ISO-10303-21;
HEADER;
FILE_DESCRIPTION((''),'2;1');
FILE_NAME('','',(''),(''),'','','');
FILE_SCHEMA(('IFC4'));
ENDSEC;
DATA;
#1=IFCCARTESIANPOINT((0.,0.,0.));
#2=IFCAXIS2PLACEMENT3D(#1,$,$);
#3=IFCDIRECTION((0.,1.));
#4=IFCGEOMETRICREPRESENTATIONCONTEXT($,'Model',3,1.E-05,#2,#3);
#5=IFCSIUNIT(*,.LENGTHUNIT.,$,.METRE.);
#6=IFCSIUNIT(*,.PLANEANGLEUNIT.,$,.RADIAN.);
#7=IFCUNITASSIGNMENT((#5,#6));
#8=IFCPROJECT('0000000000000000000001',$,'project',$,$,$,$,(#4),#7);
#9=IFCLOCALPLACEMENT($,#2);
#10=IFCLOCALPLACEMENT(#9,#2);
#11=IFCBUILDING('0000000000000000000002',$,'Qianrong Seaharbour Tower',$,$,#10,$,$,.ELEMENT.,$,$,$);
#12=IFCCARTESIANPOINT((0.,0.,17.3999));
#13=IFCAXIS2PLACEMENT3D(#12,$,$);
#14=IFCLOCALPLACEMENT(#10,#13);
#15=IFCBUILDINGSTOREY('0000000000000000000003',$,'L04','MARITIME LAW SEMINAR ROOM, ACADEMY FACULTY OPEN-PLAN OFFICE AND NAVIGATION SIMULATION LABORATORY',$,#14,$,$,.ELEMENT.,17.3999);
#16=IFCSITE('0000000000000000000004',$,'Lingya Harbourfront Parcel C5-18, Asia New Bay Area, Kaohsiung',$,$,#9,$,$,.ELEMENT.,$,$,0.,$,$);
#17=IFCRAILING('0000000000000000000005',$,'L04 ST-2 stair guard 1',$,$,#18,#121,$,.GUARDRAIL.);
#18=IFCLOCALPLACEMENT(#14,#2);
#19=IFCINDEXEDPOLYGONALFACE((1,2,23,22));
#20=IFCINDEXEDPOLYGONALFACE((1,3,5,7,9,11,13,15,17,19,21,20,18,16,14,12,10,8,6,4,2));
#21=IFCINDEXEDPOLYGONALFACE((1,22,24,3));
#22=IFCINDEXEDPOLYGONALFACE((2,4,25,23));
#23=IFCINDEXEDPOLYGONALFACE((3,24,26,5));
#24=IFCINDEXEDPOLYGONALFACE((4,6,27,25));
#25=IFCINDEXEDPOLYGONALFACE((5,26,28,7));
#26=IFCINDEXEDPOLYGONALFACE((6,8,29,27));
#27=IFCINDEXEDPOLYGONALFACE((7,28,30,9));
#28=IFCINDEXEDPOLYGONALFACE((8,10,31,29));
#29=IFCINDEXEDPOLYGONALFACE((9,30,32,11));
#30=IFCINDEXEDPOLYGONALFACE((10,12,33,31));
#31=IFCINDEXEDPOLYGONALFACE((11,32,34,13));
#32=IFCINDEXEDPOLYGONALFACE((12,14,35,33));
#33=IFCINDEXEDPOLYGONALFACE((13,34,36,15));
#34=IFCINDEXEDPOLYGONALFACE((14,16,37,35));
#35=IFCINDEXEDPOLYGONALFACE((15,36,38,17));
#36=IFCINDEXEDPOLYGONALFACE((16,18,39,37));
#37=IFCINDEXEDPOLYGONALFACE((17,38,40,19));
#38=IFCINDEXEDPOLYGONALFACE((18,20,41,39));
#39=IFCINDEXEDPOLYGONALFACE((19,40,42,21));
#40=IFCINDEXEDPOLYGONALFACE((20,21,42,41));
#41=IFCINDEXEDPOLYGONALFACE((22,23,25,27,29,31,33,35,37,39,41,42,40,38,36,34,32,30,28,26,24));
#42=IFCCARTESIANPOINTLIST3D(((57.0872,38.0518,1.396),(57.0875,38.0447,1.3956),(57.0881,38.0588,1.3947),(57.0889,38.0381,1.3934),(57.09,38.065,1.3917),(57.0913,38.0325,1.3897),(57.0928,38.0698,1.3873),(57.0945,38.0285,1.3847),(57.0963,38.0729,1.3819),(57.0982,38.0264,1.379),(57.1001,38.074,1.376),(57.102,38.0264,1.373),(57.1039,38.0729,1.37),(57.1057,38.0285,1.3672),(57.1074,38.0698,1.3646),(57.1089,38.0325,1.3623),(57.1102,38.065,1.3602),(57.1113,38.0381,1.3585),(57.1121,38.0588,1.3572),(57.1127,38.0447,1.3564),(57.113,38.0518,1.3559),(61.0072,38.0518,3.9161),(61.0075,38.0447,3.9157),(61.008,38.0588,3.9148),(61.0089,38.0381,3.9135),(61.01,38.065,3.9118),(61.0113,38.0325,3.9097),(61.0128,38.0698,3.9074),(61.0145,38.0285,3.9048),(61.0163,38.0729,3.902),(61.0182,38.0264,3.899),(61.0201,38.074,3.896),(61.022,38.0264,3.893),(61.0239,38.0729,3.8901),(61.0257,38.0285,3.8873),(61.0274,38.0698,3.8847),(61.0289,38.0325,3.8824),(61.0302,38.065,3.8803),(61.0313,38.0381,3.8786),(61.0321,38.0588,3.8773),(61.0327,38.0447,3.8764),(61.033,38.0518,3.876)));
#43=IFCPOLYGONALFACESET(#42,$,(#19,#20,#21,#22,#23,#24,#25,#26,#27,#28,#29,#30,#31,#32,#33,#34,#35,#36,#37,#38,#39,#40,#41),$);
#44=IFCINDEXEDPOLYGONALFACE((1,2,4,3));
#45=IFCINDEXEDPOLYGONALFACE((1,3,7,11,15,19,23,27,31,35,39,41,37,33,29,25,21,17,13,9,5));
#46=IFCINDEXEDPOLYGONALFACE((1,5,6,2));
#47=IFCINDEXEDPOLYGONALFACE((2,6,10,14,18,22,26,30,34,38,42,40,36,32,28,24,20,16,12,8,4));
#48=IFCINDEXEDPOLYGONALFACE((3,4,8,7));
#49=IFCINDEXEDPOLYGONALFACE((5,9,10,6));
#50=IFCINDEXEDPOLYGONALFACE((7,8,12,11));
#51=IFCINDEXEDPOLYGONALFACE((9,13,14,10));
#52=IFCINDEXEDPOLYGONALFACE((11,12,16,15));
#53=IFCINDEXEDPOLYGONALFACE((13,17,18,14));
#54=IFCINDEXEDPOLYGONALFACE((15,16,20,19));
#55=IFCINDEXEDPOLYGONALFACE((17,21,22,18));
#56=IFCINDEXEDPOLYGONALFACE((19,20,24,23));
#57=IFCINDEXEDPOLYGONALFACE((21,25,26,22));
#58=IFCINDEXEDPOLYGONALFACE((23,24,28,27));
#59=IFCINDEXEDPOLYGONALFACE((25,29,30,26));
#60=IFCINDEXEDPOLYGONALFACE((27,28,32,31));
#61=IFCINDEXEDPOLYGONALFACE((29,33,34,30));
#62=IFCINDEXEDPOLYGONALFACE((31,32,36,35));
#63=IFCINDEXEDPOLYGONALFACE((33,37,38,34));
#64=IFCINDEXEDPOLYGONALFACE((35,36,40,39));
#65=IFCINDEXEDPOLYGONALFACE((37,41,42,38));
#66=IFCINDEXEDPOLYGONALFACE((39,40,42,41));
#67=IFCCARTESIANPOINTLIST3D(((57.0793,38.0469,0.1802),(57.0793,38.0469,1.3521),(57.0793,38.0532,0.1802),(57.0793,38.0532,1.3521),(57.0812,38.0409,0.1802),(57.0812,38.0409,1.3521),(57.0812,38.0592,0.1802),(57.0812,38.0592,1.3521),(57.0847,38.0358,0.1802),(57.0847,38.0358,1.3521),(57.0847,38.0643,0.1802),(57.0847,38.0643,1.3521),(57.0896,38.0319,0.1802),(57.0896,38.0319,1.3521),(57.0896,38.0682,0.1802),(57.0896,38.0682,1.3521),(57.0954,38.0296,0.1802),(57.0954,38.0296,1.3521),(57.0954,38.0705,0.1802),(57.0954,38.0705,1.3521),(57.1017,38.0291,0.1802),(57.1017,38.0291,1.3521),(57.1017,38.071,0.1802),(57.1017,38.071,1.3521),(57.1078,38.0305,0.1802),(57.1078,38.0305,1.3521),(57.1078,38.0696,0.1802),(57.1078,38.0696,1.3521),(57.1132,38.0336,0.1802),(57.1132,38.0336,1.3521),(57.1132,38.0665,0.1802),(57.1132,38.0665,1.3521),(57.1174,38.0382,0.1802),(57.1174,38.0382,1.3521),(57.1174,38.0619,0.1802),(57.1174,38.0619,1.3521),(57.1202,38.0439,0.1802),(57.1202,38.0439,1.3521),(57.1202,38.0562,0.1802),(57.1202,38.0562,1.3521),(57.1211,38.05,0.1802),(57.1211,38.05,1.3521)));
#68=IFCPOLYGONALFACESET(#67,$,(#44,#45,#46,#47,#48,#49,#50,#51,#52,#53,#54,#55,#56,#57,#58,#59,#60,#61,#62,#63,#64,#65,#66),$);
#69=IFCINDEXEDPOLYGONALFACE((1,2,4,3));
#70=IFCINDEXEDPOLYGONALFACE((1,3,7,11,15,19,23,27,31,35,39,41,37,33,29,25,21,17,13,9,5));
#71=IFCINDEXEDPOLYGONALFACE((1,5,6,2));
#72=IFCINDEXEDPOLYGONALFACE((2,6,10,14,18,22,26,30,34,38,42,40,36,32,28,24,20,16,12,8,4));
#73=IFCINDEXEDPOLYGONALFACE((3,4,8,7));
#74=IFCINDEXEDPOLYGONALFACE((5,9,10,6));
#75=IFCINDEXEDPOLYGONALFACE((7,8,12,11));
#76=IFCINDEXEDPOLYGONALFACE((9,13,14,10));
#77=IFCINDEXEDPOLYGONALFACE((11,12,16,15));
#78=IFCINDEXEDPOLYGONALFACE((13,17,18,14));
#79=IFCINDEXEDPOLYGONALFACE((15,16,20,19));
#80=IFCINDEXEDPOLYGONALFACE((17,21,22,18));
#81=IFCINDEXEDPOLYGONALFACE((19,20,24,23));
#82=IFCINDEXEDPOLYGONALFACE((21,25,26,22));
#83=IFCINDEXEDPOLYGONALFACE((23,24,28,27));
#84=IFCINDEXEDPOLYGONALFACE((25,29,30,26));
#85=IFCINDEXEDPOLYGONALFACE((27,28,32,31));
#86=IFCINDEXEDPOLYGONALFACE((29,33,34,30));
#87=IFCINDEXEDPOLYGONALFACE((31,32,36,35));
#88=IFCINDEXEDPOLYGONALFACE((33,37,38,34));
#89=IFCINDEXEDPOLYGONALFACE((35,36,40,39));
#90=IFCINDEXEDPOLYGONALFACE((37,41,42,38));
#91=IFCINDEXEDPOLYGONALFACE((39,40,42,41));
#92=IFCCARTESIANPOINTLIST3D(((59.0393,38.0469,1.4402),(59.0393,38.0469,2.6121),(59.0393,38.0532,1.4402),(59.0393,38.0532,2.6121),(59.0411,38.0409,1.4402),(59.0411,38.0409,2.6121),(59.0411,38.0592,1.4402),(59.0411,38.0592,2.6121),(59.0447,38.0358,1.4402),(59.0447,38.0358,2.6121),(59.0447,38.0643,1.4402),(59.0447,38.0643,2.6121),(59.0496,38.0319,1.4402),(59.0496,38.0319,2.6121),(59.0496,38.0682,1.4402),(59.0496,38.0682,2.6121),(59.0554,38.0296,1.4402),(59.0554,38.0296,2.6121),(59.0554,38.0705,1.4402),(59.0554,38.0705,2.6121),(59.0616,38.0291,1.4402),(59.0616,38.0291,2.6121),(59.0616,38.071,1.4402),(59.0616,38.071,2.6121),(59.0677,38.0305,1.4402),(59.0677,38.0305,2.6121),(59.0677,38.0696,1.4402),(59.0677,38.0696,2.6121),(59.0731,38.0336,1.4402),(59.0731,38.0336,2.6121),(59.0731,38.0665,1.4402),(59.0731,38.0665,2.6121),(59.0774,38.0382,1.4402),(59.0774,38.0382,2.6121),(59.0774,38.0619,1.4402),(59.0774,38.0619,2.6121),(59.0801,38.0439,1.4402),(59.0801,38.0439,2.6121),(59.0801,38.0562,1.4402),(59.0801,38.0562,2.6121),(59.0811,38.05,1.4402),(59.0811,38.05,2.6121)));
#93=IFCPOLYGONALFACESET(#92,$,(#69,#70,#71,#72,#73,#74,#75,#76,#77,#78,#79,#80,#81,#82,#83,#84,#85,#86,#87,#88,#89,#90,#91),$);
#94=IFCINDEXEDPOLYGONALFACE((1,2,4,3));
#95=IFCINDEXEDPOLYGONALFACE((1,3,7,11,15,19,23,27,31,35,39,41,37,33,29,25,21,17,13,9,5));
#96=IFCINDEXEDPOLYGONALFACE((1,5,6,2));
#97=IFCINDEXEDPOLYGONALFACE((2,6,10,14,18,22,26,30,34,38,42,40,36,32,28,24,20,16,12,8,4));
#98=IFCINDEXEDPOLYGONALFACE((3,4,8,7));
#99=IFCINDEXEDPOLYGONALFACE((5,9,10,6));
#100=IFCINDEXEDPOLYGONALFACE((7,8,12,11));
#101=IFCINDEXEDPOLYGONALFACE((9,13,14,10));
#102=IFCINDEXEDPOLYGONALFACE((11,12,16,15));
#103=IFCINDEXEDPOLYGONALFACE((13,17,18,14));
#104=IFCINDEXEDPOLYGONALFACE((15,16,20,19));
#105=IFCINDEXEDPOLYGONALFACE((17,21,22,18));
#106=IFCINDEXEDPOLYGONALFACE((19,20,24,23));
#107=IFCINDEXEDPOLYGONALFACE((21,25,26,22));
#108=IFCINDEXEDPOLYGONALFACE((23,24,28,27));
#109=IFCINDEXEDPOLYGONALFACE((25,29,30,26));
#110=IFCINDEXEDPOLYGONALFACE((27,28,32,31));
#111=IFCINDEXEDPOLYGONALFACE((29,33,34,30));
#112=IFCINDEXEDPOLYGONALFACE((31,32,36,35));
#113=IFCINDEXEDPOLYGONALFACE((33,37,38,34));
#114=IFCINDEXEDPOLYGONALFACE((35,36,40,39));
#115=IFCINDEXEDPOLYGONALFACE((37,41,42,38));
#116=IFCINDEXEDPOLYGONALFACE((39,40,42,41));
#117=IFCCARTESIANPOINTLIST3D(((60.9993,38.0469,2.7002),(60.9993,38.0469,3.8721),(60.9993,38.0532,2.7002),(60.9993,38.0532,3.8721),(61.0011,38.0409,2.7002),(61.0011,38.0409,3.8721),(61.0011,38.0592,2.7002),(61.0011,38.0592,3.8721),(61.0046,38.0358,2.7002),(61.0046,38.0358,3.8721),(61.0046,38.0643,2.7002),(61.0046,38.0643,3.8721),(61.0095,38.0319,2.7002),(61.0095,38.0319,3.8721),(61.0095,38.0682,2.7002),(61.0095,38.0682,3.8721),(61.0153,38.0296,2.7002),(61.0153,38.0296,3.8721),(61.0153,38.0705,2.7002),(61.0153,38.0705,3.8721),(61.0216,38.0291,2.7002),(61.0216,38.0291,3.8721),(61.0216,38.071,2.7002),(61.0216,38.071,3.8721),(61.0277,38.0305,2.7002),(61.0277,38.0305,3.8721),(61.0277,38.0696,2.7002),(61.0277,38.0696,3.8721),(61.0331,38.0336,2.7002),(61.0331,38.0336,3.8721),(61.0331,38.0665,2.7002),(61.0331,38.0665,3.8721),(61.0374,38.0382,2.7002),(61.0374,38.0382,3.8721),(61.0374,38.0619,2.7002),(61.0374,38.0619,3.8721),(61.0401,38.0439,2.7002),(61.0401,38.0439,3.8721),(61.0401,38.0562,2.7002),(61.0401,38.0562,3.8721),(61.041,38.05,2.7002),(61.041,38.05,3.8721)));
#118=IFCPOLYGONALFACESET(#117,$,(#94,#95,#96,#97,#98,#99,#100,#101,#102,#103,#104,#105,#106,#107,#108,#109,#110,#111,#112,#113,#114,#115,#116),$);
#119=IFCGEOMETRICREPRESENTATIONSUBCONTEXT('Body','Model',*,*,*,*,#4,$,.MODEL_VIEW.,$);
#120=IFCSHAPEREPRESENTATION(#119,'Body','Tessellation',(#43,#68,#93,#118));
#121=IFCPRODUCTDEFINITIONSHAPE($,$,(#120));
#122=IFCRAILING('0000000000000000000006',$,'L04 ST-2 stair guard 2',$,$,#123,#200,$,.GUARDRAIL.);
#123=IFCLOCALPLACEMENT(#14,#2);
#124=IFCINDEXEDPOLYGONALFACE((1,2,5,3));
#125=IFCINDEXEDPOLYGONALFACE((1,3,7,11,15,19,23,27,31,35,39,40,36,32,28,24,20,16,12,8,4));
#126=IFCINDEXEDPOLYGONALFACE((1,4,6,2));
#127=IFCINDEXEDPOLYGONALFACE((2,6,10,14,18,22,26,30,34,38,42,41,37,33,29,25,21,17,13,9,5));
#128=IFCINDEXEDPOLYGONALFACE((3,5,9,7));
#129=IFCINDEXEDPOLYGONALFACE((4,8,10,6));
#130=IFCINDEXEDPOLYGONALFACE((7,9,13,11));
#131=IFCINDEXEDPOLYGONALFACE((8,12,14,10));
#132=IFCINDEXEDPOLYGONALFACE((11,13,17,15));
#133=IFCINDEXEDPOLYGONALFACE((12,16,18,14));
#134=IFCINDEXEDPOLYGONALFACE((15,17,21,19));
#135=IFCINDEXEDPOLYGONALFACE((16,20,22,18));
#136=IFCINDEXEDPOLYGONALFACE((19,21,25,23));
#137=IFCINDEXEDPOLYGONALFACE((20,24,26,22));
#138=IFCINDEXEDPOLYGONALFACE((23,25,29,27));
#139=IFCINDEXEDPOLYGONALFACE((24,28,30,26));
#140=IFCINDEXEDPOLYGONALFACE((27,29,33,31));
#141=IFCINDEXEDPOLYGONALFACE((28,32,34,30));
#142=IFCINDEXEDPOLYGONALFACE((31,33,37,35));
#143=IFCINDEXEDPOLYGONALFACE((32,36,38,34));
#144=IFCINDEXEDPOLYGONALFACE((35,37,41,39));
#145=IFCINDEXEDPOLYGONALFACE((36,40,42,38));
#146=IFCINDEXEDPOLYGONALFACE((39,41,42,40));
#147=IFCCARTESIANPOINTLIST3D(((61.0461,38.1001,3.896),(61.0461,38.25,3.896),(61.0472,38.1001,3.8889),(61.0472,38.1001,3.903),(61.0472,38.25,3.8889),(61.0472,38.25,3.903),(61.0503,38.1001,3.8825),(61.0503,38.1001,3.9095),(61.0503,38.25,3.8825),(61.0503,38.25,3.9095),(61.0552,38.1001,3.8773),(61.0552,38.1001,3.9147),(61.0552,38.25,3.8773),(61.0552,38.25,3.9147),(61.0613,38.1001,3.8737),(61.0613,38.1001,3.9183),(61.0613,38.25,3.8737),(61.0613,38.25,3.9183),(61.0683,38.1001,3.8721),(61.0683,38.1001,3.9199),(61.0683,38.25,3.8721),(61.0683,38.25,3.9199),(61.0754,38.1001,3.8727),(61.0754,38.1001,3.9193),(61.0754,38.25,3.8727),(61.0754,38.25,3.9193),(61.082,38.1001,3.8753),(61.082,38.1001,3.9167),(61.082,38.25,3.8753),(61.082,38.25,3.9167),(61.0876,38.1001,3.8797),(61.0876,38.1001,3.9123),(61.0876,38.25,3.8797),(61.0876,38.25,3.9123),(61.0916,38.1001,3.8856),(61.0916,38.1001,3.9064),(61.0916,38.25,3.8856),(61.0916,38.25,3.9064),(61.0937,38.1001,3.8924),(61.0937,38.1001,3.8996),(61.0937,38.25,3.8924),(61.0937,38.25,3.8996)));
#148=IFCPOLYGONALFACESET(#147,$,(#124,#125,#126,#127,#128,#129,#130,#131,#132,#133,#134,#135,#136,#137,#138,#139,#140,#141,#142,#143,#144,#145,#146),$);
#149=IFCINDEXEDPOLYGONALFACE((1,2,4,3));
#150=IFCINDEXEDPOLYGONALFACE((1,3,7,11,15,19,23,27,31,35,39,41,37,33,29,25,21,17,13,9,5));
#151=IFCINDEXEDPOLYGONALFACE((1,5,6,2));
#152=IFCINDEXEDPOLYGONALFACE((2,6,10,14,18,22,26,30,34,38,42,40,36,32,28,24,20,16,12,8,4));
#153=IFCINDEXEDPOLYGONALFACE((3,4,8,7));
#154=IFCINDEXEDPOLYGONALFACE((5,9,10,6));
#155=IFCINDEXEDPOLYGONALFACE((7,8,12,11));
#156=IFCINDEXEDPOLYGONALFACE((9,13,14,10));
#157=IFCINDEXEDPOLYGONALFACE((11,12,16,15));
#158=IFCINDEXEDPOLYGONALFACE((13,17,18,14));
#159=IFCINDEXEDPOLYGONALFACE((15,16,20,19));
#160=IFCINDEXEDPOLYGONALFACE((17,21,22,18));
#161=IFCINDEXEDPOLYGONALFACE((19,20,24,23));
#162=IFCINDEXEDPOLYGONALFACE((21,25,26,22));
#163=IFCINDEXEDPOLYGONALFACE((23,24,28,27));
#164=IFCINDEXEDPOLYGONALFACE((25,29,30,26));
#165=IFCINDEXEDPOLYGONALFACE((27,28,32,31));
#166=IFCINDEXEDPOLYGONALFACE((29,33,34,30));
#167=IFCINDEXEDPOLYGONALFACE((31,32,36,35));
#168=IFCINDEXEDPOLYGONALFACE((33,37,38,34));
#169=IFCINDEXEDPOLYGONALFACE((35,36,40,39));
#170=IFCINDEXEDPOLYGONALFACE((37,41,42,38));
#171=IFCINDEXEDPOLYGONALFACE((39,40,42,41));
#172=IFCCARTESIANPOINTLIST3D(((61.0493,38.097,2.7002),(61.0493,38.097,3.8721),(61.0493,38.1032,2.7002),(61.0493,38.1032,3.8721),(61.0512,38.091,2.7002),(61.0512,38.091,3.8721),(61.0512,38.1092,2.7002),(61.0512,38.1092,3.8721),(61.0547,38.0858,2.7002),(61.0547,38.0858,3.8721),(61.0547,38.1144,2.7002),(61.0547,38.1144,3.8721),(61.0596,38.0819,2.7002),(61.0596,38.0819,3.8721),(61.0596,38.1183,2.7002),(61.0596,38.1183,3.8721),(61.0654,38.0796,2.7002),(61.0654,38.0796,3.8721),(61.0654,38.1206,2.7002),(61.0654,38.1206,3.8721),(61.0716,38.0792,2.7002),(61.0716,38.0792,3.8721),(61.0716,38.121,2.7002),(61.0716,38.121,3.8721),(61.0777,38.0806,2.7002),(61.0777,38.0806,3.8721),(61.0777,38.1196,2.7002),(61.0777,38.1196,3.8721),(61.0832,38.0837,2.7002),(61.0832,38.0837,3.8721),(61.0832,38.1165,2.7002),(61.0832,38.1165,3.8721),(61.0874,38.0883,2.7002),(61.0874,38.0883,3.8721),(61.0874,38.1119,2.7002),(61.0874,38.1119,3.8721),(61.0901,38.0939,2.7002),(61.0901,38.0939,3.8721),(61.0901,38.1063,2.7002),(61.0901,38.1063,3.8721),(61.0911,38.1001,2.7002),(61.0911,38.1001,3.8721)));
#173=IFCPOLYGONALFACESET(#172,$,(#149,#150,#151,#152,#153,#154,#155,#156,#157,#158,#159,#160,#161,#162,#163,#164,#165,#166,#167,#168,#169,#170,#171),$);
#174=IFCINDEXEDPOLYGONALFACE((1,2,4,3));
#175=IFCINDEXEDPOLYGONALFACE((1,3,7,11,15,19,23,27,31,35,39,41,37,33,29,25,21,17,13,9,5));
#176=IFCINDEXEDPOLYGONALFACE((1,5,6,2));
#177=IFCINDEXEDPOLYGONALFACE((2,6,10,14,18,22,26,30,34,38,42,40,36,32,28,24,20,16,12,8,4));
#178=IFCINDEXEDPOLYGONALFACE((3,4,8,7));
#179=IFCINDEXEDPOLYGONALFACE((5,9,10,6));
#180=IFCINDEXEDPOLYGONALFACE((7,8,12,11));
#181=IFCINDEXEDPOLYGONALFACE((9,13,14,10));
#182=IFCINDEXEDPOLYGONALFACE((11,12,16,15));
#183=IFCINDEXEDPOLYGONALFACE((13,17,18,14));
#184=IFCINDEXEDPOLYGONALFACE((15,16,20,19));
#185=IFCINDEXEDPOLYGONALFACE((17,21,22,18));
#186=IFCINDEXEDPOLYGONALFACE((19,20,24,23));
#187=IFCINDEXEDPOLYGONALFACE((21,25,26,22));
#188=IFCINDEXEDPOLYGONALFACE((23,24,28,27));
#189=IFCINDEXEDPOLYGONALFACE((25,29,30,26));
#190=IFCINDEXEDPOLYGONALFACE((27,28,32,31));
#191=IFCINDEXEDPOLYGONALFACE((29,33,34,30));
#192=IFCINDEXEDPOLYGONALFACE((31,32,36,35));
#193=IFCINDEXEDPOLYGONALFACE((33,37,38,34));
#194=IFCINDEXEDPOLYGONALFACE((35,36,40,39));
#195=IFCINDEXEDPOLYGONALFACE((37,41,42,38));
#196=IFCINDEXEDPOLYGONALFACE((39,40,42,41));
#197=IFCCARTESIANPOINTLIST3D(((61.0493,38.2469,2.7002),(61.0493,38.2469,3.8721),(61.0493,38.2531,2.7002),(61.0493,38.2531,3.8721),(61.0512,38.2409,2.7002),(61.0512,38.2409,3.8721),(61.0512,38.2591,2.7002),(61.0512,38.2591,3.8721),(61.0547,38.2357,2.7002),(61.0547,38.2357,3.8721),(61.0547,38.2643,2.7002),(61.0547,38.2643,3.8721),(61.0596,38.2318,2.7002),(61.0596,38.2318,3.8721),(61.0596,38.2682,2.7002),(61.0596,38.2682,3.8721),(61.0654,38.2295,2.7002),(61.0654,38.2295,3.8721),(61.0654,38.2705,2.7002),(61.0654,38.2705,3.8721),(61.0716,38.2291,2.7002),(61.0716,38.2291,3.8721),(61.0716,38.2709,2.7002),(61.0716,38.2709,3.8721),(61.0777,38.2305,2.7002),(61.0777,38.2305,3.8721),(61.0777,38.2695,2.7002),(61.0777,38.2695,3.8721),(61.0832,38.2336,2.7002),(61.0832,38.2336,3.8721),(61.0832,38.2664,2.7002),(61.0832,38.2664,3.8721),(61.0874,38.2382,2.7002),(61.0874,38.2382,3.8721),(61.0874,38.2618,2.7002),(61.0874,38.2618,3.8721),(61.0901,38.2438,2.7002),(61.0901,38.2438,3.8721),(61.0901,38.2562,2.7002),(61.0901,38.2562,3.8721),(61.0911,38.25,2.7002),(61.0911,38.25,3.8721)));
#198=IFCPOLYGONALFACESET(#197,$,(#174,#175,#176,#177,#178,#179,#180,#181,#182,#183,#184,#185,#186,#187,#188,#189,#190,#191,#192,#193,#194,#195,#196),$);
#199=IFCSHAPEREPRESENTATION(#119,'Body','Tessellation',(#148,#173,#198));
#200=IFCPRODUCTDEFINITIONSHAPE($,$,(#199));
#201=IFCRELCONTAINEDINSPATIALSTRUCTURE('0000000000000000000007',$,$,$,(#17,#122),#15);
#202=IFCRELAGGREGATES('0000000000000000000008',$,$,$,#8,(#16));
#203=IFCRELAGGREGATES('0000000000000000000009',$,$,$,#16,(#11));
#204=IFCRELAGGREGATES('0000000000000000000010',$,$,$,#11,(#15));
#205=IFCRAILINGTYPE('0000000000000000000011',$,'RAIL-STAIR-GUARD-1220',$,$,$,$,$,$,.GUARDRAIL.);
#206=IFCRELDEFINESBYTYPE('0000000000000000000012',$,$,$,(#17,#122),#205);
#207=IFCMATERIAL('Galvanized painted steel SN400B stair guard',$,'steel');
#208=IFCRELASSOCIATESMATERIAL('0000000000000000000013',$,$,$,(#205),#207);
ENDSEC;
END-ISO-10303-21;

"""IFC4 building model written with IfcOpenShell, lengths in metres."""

from ifc_helpers import new_model, si_unit, direction, frame, origin, origin_2d, place, context, subcontext, project, spatial, circle, extrude, material, type_object, element, save


model = new_model("IFC4")

# Units and contexts
model_context = context("Model", 3, precision=1e-05, world=origin(), true_north=direction((0.0, 1.0)))
body_context = subcontext(model_context, "Body", "Model", "MODEL_VIEW")
ifc_project = project(units=[si_unit("LENGTHUNIT", "METRE"), si_unit("PLANEANGLEUNIT", "RADIAN")], contexts=[model_context])

# Site, building, storey
site_placement = place(None, origin())
site = spatial("IfcSite", under=ifc_project, at=site_placement, Name="Lingya Harbourfront Parcel C5-18, Asia New Bay Area, Kaohsiung", CompositionType="ELEMENT", RefElevation=0.0)
building_placement = place(site_placement, origin())
building = spatial("IfcBuilding", under=site, at=building_placement, Name="Qianrong Seaharbour Tower", CompositionType="ELEMENT")
storey_placement = place(building_placement, frame((0.0, 0.0, 17.3999)))
storey = spatial("IfcBuildingStorey", under=building, at=storey_placement, Name="L04", Description="MARITIME LAW SEMINAR ROOM, ACADEMY FACULTY OPEN-PLAN OFFICE AND NAVIGATION SIMULATION LABORATORY", CompositionType="ELEMENT", Elevation=17.3999)

# Railings
ifc_material_1 = material(Name="Galvanized painted steel SN400B stair guard", Category="steel")
railing_type_1 = type_object("IfcRailingType", Name="RAIL-STAIR-GUARD-1220", PredefinedType="GUARDRAIL", material=ifc_material_1)
railing_1_placement = place(storey_placement, frame((57.1001, 38.05, 0.1802)))
element("IfcRailing", 1, at=railing_1_placement, inside=storey, type_object=railing_type_1, Name="L04 ST-2 stair guard 1", PredefinedType="GUARDRAIL", context=body_context, shape_type="SweptSolid", body=[
    extrude(circle(Radius=0.0239, at=origin_2d()), frame((0.0, 0.0, 1.1958), z_axis=(0.841172, 0.0, 0.540768), x_axis=(0.0, 1.0, 0.0)), (0.0, 0.0, 1.0), 4.6602),
    extrude(circle(Radius=0.021, at=origin_2d()), origin(), (0.0, 0.0, 1.0), 1.1719),
    extrude(circle(Radius=0.021, at=origin_2d()), frame((1.96, 0.0, 1.26)), (0.0, 0.0, 1.0), 1.1719),
    extrude(circle(Radius=0.021, at=origin_2d()), frame((3.9199, 0.0, 2.52)), (0.0, 0.0, 1.0), 1.1719),
])
railing_2_placement = place(storey_placement, frame((61.0701, 38.1001, 2.7002)))
element("IfcRailing", 2, at=railing_2_placement, inside=storey, type_object=railing_type_1, Name="L04 ST-2 stair guard 2", PredefinedType="GUARDRAIL", context=body_context, shape_type="SweptSolid", body=[
    extrude(circle(Radius=0.0239, at=origin_2d()), frame((0.0, 0.0, 1.1958), z_axis=(0.0, 1.0, 0.0), x_axis=(-1.0, 0.0, 0.0)), (0.0, 0.0, 1.0), 0.1499),
    extrude(circle(Radius=0.021, at=origin_2d()), origin(), (0.0, 0.0, 1.0), 1.1719),
    extrude(circle(Radius=0.021, at=origin_2d()), frame((0.0, 0.1499, 0.0)), (0.0, 0.0, 1.0), 1.1719),
])

save(model, "model.ifc")
